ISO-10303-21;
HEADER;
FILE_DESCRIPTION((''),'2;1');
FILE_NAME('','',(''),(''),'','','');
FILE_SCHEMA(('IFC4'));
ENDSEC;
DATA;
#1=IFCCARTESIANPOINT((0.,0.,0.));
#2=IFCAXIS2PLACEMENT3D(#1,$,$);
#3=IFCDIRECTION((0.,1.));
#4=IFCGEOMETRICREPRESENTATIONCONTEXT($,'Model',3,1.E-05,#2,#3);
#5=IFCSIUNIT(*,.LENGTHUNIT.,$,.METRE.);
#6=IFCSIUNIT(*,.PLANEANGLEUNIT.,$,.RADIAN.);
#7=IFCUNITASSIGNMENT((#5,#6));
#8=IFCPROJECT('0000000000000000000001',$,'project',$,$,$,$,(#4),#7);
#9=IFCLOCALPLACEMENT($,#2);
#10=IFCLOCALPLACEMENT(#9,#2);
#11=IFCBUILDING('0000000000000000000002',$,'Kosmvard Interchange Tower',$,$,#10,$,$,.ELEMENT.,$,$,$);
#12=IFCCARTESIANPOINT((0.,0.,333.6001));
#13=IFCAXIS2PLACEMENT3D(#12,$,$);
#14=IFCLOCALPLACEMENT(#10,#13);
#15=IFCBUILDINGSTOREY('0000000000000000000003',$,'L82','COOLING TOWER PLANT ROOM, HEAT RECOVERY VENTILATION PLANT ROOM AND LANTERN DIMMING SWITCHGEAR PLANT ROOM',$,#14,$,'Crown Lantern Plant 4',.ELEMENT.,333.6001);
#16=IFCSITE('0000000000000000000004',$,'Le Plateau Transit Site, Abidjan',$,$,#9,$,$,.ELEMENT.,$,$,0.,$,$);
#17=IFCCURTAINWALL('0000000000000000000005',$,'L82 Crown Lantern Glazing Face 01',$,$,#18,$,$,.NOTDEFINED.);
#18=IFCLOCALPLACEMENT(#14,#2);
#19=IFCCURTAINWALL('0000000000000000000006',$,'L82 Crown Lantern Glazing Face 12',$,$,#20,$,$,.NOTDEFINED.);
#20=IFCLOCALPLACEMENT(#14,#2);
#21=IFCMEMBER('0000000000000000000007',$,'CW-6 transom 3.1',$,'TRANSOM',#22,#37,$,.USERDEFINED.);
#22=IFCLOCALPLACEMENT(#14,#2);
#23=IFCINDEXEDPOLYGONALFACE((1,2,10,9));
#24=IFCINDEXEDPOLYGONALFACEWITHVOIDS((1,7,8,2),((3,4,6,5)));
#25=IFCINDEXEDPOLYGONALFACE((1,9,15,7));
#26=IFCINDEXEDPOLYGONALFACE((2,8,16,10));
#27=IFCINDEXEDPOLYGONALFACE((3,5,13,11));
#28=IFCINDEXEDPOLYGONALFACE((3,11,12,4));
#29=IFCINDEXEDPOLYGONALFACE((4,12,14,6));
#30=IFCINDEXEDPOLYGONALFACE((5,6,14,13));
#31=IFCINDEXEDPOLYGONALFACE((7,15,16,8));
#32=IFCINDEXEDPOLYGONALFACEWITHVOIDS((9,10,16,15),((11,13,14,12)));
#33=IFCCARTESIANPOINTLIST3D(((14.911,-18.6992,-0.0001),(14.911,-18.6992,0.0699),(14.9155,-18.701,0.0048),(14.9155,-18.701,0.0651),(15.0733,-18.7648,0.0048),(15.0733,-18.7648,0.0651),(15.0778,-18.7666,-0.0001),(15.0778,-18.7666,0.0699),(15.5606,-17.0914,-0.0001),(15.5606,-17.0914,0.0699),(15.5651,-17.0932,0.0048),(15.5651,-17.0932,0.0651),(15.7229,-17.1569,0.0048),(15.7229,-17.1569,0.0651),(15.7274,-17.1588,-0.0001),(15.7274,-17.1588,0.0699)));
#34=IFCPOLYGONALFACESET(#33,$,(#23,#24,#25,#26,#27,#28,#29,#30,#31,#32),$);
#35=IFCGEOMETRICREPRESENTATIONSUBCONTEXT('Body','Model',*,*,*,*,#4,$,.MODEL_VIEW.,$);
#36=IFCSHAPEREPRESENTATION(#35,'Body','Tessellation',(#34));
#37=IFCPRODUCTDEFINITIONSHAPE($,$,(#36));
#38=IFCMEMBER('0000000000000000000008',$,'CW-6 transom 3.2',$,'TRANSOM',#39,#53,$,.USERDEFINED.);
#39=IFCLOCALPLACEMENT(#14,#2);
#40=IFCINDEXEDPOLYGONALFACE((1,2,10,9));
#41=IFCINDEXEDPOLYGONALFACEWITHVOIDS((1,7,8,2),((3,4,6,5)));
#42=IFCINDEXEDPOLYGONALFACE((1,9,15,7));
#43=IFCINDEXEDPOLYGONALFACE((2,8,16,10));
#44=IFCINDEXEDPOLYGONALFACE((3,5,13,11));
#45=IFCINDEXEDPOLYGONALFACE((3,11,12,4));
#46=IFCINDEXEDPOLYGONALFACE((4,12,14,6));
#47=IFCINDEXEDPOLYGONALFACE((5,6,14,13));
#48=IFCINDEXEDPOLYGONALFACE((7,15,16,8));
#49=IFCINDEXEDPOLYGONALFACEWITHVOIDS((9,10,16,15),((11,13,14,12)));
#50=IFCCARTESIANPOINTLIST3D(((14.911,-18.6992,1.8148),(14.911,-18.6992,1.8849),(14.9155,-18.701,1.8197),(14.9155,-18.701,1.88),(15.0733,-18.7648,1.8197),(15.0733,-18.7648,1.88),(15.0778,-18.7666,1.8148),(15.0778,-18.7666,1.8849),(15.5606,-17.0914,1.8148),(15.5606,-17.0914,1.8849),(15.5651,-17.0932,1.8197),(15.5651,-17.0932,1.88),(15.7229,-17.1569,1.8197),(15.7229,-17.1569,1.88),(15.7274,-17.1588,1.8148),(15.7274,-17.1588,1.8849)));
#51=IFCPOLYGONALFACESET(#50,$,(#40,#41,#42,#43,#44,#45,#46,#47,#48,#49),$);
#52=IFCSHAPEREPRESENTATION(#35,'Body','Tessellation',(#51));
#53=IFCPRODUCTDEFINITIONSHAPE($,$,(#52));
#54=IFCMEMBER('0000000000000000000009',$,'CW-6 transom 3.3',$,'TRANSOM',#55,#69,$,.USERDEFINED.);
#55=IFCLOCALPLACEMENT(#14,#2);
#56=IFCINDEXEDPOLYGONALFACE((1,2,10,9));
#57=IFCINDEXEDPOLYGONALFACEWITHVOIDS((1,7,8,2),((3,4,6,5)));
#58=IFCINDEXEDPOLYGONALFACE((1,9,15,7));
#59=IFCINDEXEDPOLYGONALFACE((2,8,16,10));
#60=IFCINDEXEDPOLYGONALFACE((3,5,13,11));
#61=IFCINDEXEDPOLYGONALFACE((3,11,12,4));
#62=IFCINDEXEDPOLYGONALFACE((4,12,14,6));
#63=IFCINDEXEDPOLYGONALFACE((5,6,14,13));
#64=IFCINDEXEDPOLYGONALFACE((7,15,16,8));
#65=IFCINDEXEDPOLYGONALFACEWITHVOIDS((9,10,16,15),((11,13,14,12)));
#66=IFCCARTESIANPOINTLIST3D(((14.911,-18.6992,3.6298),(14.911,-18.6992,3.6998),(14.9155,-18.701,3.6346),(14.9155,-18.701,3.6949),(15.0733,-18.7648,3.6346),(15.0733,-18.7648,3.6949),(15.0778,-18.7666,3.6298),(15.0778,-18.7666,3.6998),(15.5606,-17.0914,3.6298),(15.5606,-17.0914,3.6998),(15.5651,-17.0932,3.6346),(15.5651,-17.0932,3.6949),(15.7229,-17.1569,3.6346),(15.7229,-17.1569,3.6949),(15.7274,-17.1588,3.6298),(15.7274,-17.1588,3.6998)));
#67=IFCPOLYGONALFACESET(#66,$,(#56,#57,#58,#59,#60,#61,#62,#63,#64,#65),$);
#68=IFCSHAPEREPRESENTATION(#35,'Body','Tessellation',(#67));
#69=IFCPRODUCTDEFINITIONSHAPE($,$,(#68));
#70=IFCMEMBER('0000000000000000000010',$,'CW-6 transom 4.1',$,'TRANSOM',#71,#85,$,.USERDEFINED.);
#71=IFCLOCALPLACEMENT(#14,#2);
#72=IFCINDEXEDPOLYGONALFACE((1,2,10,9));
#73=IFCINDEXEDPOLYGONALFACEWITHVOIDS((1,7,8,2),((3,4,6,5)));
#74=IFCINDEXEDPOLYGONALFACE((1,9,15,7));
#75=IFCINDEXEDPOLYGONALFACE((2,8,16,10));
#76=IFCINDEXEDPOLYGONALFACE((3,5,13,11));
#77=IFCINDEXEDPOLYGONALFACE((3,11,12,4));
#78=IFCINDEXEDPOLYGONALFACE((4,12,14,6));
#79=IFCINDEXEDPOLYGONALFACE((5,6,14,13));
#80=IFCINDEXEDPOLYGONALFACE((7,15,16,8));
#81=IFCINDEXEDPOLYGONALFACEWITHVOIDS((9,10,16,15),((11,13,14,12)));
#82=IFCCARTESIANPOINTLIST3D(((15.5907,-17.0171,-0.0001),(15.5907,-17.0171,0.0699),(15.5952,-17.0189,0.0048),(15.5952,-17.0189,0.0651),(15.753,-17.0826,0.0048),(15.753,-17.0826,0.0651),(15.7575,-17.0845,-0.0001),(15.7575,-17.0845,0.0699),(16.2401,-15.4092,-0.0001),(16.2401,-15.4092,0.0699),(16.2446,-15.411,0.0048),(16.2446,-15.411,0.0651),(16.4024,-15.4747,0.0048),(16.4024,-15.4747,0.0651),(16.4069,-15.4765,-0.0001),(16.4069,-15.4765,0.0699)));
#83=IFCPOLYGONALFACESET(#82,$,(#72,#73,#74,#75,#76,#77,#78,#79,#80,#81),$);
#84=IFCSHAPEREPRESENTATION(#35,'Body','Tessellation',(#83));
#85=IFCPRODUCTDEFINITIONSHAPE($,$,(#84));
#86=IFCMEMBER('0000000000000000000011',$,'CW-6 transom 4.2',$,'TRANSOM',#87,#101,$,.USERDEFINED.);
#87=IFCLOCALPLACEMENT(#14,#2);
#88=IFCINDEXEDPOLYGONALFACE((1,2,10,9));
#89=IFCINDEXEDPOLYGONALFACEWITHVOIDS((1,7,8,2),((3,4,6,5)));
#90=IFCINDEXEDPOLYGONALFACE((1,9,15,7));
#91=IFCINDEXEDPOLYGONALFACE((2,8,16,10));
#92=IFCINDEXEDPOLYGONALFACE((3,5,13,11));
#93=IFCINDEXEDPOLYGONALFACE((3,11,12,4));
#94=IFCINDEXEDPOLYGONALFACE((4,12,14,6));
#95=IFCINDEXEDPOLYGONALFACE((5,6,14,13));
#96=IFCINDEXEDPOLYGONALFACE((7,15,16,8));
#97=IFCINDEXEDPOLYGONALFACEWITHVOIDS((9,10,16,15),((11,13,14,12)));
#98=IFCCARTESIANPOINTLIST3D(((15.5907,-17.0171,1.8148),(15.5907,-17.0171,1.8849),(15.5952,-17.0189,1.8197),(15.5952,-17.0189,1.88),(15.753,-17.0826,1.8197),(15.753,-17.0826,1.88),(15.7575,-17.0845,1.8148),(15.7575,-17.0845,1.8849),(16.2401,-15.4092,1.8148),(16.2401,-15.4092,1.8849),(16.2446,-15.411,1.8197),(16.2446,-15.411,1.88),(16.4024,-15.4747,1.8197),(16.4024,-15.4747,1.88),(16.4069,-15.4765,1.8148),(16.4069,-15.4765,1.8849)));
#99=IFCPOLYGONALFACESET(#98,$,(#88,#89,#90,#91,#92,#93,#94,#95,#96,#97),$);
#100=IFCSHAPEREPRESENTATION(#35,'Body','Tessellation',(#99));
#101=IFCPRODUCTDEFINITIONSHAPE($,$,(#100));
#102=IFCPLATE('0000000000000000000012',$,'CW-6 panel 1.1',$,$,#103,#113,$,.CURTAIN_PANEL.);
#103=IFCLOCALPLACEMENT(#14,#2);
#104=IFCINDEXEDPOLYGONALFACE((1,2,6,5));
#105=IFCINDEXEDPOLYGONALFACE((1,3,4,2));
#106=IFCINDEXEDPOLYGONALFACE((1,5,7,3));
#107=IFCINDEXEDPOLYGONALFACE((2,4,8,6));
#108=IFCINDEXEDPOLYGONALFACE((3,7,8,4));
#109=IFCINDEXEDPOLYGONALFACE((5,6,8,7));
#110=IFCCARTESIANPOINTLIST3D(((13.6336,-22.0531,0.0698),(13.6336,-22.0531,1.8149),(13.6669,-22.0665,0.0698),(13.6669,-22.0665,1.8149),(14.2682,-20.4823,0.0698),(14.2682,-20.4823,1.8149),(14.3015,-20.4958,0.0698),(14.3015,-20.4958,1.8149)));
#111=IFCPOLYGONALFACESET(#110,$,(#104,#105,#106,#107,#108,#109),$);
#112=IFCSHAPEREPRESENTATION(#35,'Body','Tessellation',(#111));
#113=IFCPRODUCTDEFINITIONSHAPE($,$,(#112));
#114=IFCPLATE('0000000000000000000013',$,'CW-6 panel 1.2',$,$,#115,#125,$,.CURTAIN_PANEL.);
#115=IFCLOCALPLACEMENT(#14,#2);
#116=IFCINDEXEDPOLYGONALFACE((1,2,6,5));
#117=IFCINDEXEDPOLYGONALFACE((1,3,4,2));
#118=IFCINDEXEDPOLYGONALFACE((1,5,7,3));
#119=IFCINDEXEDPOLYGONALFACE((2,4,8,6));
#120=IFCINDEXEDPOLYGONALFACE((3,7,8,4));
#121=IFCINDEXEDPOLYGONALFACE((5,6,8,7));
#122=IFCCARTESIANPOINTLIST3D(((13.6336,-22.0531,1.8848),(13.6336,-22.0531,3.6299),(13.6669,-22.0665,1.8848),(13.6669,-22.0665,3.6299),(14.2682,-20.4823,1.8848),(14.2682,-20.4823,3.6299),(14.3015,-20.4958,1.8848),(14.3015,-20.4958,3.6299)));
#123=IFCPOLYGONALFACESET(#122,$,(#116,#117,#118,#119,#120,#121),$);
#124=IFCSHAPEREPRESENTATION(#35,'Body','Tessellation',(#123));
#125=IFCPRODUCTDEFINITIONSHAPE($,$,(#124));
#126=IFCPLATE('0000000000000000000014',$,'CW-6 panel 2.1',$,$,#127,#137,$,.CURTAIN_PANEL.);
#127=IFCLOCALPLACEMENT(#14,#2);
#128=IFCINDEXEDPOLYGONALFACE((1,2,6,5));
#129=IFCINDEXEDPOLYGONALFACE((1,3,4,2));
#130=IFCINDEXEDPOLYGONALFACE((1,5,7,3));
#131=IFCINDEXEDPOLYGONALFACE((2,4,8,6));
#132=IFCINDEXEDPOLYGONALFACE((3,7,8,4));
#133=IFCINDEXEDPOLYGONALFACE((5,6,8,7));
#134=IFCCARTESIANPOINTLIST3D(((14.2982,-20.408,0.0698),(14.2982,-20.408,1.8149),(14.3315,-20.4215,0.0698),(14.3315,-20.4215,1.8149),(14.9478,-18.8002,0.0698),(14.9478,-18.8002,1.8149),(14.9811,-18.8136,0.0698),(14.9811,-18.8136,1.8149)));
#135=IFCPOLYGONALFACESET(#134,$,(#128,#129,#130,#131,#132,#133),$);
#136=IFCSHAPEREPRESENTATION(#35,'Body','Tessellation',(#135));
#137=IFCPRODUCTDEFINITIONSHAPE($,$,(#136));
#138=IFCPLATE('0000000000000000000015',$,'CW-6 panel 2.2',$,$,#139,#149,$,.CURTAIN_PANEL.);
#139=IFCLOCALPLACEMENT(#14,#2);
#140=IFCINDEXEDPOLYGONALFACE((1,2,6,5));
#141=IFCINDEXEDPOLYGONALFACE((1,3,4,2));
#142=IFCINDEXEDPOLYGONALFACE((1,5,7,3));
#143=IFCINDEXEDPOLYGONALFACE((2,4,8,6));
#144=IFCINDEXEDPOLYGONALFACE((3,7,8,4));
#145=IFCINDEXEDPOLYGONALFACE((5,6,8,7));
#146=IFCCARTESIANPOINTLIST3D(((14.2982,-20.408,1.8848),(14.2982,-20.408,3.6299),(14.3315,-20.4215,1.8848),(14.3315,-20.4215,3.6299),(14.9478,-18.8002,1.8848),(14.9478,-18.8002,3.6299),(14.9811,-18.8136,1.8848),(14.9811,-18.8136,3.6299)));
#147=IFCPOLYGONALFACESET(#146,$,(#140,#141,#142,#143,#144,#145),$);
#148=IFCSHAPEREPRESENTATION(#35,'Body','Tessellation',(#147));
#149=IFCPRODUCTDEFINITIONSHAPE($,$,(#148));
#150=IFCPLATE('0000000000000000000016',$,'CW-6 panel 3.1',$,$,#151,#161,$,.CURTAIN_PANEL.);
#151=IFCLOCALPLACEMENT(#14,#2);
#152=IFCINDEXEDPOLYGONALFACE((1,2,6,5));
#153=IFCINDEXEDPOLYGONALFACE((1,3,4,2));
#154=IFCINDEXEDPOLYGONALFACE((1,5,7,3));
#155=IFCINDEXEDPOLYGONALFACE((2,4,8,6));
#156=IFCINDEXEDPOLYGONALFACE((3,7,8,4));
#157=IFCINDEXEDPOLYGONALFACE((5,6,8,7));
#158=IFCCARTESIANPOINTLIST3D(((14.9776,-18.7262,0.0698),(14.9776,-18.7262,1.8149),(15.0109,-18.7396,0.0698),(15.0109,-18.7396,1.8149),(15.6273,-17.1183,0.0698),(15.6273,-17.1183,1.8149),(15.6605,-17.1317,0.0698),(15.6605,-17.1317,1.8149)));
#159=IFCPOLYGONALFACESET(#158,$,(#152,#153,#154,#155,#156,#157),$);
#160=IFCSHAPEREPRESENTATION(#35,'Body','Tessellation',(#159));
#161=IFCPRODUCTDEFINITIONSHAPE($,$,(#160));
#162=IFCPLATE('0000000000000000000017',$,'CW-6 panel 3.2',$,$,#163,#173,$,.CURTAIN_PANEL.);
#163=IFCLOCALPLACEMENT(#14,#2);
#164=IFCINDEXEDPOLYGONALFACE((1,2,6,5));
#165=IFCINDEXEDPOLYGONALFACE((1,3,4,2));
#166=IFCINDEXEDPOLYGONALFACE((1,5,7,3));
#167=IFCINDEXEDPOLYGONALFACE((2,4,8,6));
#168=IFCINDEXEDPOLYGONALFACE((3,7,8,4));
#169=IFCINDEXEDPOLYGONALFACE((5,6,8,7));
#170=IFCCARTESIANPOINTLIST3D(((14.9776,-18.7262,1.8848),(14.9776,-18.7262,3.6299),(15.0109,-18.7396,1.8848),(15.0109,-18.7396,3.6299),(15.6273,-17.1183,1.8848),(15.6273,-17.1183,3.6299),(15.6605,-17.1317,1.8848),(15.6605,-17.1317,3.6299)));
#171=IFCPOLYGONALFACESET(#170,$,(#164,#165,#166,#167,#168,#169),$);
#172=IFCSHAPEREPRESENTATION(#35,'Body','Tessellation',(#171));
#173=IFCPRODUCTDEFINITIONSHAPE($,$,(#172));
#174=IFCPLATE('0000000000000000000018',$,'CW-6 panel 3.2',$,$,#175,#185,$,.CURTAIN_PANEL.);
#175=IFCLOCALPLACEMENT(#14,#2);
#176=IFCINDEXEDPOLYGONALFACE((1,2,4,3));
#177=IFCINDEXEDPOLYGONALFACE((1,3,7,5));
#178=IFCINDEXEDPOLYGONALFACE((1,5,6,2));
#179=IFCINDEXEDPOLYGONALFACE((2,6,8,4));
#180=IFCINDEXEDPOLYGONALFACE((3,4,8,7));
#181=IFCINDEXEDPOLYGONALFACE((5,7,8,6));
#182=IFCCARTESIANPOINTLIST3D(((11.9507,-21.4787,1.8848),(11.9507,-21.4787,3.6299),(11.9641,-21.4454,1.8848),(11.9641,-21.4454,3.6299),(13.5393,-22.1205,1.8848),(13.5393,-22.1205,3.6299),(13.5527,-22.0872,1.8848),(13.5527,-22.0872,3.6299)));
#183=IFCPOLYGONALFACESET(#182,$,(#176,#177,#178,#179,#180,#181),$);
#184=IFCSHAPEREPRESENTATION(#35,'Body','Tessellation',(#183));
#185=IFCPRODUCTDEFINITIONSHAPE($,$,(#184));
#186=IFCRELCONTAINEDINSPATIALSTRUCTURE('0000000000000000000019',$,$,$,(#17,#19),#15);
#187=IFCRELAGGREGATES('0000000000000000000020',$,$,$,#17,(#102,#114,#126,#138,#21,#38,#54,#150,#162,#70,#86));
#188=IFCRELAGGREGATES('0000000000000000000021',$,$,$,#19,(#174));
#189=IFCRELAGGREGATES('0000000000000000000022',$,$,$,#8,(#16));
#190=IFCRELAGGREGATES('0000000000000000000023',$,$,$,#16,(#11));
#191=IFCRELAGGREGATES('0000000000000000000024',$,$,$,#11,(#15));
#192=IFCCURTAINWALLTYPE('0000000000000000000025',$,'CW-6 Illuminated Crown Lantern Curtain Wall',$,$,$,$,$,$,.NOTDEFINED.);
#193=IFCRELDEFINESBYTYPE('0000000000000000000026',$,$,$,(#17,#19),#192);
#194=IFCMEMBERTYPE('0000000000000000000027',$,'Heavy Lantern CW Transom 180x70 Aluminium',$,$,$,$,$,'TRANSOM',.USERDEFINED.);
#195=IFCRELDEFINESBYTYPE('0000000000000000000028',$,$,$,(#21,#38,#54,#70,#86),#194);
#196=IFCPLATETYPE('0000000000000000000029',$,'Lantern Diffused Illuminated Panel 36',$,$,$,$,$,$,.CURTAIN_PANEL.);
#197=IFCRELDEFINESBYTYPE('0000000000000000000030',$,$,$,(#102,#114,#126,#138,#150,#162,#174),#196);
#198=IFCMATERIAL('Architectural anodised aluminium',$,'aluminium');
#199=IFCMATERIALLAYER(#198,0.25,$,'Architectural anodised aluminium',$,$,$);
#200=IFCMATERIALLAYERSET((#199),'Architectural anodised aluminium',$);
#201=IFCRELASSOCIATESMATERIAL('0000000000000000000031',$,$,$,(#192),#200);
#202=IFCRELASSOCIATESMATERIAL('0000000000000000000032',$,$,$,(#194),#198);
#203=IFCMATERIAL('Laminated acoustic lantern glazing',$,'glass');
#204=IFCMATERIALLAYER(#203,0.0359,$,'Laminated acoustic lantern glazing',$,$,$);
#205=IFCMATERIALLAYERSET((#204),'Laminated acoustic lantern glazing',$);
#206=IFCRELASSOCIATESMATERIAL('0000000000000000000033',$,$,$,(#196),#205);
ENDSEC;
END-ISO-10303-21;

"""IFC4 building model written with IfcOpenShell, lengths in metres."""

from ifc_helpers import new_model, si_unit, direction, frame, origin, origin_2d, place, context, subcontext, project, spatial, rectangle, hollow_rectangle, extrude, source, transform, mapped, material, layer, layer_set, material_profile, profile_set, type_object, element, aggregate, save


model = new_model("IFC4")

# Units and contexts
model_context = context("Model", 3, precision=1e-05, world=origin(), true_north=direction((0.0, 1.0)))
body_context = subcontext(model_context, "Body", "Model", "MODEL_VIEW")
ifc_project = project(units=[si_unit("LENGTHUNIT", "METRE"), si_unit("PLANEANGLEUNIT", "RADIAN")], contexts=[model_context])

# Site, building, storey
site_placement = place(None, origin())
site = spatial("IfcSite", under=ifc_project, at=site_placement, Name="Le Plateau Transit Site, Abidjan", CompositionType="ELEMENT", RefElevation=0.0)
building_placement = place(site_placement, origin())
building = spatial("IfcBuilding", under=site, at=building_placement, Name="Kosmvard Interchange Tower", CompositionType="ELEMENT")
storey_placement = place(building_placement, frame((0.0, 0.0, 333.6001)))
storey = spatial("IfcBuildingStorey", under=building, at=storey_placement, Name="L82", Description="COOLING TOWER PLANT ROOM, HEAT RECOVERY VENTILATION PLANT ROOM AND LANTERN DIMMING SWITCHGEAR PLANT ROOM", LongName="Crown Lantern Plant 4", CompositionType="ELEMENT", Elevation=333.6001)

# Curtain wall
ifc_material_1 = material(Name="Architectural anodised aluminium", Category="aluminium")
ifc_layer_1 = layer(ifc_material_1, 0.25, Name="Architectural anodised aluminium")
ifc_layer_set_1 = layer_set([ifc_layer_1], Name="Architectural anodised aluminium")
curtain_wall_type = type_object("IfcCurtainWallType", Name="CW-6 Illuminated Crown Lantern Curtain Wall", PredefinedType="NOTDEFINED", material=ifc_layer_set_1)
curtain_wall_1_placement = place(storey_placement, origin())
curtain_wall_1 = element("IfcCurtainWall", 1, at=curtain_wall_1_placement, inside=storey, type_object=curtain_wall_type, Name="L82 Crown Lantern Glazing Face 01", PredefinedType="NOTDEFINED")

# Curtain wall
curtain_wall_2_placement = place(storey_placement, origin())
curtain_wall_2 = element("IfcCurtainWall", 2, at=curtain_wall_2_placement, inside=storey, type_object=curtain_wall_type, Name="L82 Crown Lantern Glazing Face 12", PredefinedType="NOTDEFINED")

# Members
ifc_material_profile_1 = material_profile(ifc_material_1, hollow_rectangle(XDim=0.1799, YDim=0.0701, WallThickness=0.0049, at=origin_2d()), Name="CWT 180x70x5")
ifc_profile_set_1 = profile_set([ifc_material_profile_1], Name="Architectural anodised aluminium")
member_type_1 = type_object("IfcMemberType", Name="Heavy Lantern CW Transom 180x70 Aluminium", ElementType="TRANSOM", PredefinedType="USERDEFINED", material=ifc_profile_set_1)
shared_shape_1 = source(origin(), body_context, "Body", "SweptSolid", [
    extrude(hollow_rectangle(XDim=0.1799, YDim=0.0701, WallThickness=0.0049, at=origin_2d()), origin(), (0.0, 0.0, 1.0), 1.7341),
])
member_1_placement = place(storey_placement, frame((14.9944, -18.7329, 0.0349), z_axis=(0.374617, 0.92718, 0.0), x_axis=(-0.92718, 0.374617, 0.0)))
member_1 = element("IfcMember", 3, at=member_1_placement, type_object=member_type_1, Name="CW-6 transom 3.1", ObjectType="TRANSOM", PredefinedType="USERDEFINED", context=body_context, shape_type="MappedRepresentation", body=[
    mapped(shared_shape_1, transform((0.0, 0.0, 0.0), scale=1.0)),
])
member_2_placement = place(storey_placement, frame((14.9944, -18.7329, 1.8499), z_axis=(0.374617, 0.92718, 0.0), x_axis=(-0.92718, 0.374617, 0.0)))
member_2 = element("IfcMember", 4, at=member_2_placement, type_object=member_type_1, Name="CW-6 transom 3.2", ObjectType="TRANSOM", PredefinedType="USERDEFINED", context=body_context, shape_type="MappedRepresentation", body=[
    mapped(shared_shape_1, transform((0.0, 0.0, 0.0), scale=1.0)),
])
member_3_placement = place(storey_placement, frame((14.9944, -18.7329, 3.6648), z_axis=(0.374617, 0.92718, 0.0), x_axis=(-0.92718, 0.374617, 0.0)))
member_3 = element("IfcMember", 5, at=member_3_placement, type_object=member_type_1, Name="CW-6 transom 3.3", ObjectType="TRANSOM", PredefinedType="USERDEFINED", context=body_context, shape_type="MappedRepresentation", body=[
    mapped(shared_shape_1, transform((0.0, 0.0, 0.0), scale=1.0)),
])
member_4_placement = place(storey_placement, frame((15.6741, -17.0508, 0.0349), z_axis=(0.374496, 0.927229, 0.0), x_axis=(-0.927229, 0.374496, 0.0)))
member_4 = element("IfcMember", 6, at=member_4_placement, type_object=member_type_1, Name="CW-6 transom 4.1", ObjectType="TRANSOM", PredefinedType="USERDEFINED", context=body_context, shape_type="MappedRepresentation", body=[
    mapped(shared_shape_1, transform((0.0, 0.0, 0.0), scale=1.0)),
])
member_5_placement = place(storey_placement, frame((15.6741, -17.0508, 1.8499), z_axis=(0.374496, 0.927229, 0.0), x_axis=(-0.927229, 0.374496, 0.0)))
member_5 = element("IfcMember", 7, at=member_5_placement, type_object=member_type_1, Name="CW-6 transom 4.2", ObjectType="TRANSOM", PredefinedType="USERDEFINED", context=body_context, shape_type="MappedRepresentation", body=[
    mapped(shared_shape_1, transform((0.0, 0.0, 0.0), scale=1.0)),
])

# Plates
ifc_material_2 = material(Name="Laminated acoustic lantern glazing", Category="glass")
ifc_layer_2 = layer(ifc_material_2, 0.0359, Name="Laminated acoustic lantern glazing")
ifc_layer_set_2 = layer_set([ifc_layer_2], Name="Laminated acoustic lantern glazing")
plate_type = type_object("IfcPlateType", Name="Lantern Diffused Illuminated Panel 36", PredefinedType="CURTAIN_PANEL", material=ifc_layer_set_2)
shared_shape_2 = source(origin(), body_context, "Body", "SweptSolid", [
    extrude(rectangle(XDim=1.6941, YDim=0.0359, at=origin_2d()), origin(), (0.0, 0.0, 1.0), 1.7451),
])
plate_1_placement = place(storey_placement, frame((13.9675, -21.2744, 0.0698), z_axis=(0.0, 0.0, 1.0), x_axis=(0.374607, 0.927184, 0.0)))
plate_1 = element("IfcPlate", 8, at=plate_1_placement, type_object=plate_type, Name="CW-6 panel 1.1", PredefinedType="CURTAIN_PANEL", context=body_context, shape_type="MappedRepresentation", body=[
    mapped(shared_shape_2, transform((0.0, 0.0, 0.0), scale=1.0)),
])
plate_2_placement = place(storey_placement, frame((13.9675, -21.2744, 1.8848), z_axis=(0.0, 0.0, 1.0), x_axis=(0.374607, 0.927184, 0.0)))
plate_2 = element("IfcPlate", 9, at=plate_2_placement, type_object=plate_type, Name="CW-6 panel 1.2", PredefinedType="CURTAIN_PANEL", context=body_context, shape_type="MappedRepresentation", body=[
    mapped(shared_shape_2, transform((0.0, 0.0, 0.0), scale=1.0)),
])
shared_shape_3 = source(origin(), body_context, "Body", "SweptSolid", [
    extrude(rectangle(XDim=1.7341, YDim=0.0359, at=origin_2d()), origin(), (0.0, 0.0, 1.0), 1.7451),
])
plate_3_placement = place(storey_placement, frame((14.6396, -19.6108, 0.0698), z_axis=(0.0, 0.0, 1.0), x_axis=(0.374607, 0.927184, 0.0)))
plate_3 = element("IfcPlate", 10, at=plate_3_placement, type_object=plate_type, Name="CW-6 panel 2.1", PredefinedType="CURTAIN_PANEL", context=body_context, shape_type="MappedRepresentation", body=[
    mapped(shared_shape_3, transform((0.0, 0.0, 0.0), scale=1.0)),
])
plate_4_placement = place(storey_placement, frame((14.6396, -19.6108, 1.8848), z_axis=(0.0, 0.0, 1.0), x_axis=(0.374607, 0.927184, 0.0)))
plate_4 = element("IfcPlate", 11, at=plate_4_placement, type_object=plate_type, Name="CW-6 panel 2.2", PredefinedType="CURTAIN_PANEL", context=body_context, shape_type="MappedRepresentation", body=[
    mapped(shared_shape_3, transform((0.0, 0.0, 0.0), scale=1.0)),
])
plate_5_placement = place(storey_placement, frame((15.3191, -17.929, 0.0698), z_axis=(0.0, 0.0, 1.0), x_axis=(0.374607, 0.927184, 0.0)))
plate_5 = element("IfcPlate", 12, at=plate_5_placement, type_object=plate_type, Name="CW-6 panel 3.1", PredefinedType="CURTAIN_PANEL", context=body_context, shape_type="MappedRepresentation", body=[
    mapped(shared_shape_3, transform((0.0, 0.0, 0.0), scale=1.0)),
])
plate_6_placement = place(storey_placement, frame((15.3191, -17.929, 1.8848), z_axis=(0.0, 0.0, 1.0), x_axis=(0.374607, 0.927184, 0.0)))
plate_6 = element("IfcPlate", 13, at=plate_6_placement, type_object=plate_type, Name="CW-6 panel 3.2", PredefinedType="CURTAIN_PANEL", context=body_context, shape_type="MappedRepresentation", body=[
    mapped(shared_shape_3, transform((0.0, 0.0, 0.0), scale=1.0)),
])
aggregate(curtain_wall_1, [plate_1, plate_2, plate_3, plate_4, member_1, member_2, member_3, plate_5, plate_6, member_4, member_5])
shared_shape_4 = source(origin(), body_context, "Body", "SweptSolid", [
    extrude(rectangle(XDim=1.7134, YDim=0.0359, at=origin_2d()), origin(), (0.0, 0.0, 1.0), 1.7451),
])
plate_7_placement = place(storey_placement, frame((12.7517, -21.783, 1.8848), z_axis=(0.0, 0.0, 1.0), x_axis=(0.927184, -0.374607, 0.0)))
plate_7 = element("IfcPlate", 14, at=plate_7_placement, type_object=plate_type, Name="CW-6 panel 3.2", PredefinedType="CURTAIN_PANEL", context=body_context, shape_type="MappedRepresentation", body=[
    mapped(shared_shape_4, transform((0.0, 0.0, 0.0), scale=1.0)),
])
aggregate(curtain_wall_2, [plate_7])

save(model, "model.ifc")
